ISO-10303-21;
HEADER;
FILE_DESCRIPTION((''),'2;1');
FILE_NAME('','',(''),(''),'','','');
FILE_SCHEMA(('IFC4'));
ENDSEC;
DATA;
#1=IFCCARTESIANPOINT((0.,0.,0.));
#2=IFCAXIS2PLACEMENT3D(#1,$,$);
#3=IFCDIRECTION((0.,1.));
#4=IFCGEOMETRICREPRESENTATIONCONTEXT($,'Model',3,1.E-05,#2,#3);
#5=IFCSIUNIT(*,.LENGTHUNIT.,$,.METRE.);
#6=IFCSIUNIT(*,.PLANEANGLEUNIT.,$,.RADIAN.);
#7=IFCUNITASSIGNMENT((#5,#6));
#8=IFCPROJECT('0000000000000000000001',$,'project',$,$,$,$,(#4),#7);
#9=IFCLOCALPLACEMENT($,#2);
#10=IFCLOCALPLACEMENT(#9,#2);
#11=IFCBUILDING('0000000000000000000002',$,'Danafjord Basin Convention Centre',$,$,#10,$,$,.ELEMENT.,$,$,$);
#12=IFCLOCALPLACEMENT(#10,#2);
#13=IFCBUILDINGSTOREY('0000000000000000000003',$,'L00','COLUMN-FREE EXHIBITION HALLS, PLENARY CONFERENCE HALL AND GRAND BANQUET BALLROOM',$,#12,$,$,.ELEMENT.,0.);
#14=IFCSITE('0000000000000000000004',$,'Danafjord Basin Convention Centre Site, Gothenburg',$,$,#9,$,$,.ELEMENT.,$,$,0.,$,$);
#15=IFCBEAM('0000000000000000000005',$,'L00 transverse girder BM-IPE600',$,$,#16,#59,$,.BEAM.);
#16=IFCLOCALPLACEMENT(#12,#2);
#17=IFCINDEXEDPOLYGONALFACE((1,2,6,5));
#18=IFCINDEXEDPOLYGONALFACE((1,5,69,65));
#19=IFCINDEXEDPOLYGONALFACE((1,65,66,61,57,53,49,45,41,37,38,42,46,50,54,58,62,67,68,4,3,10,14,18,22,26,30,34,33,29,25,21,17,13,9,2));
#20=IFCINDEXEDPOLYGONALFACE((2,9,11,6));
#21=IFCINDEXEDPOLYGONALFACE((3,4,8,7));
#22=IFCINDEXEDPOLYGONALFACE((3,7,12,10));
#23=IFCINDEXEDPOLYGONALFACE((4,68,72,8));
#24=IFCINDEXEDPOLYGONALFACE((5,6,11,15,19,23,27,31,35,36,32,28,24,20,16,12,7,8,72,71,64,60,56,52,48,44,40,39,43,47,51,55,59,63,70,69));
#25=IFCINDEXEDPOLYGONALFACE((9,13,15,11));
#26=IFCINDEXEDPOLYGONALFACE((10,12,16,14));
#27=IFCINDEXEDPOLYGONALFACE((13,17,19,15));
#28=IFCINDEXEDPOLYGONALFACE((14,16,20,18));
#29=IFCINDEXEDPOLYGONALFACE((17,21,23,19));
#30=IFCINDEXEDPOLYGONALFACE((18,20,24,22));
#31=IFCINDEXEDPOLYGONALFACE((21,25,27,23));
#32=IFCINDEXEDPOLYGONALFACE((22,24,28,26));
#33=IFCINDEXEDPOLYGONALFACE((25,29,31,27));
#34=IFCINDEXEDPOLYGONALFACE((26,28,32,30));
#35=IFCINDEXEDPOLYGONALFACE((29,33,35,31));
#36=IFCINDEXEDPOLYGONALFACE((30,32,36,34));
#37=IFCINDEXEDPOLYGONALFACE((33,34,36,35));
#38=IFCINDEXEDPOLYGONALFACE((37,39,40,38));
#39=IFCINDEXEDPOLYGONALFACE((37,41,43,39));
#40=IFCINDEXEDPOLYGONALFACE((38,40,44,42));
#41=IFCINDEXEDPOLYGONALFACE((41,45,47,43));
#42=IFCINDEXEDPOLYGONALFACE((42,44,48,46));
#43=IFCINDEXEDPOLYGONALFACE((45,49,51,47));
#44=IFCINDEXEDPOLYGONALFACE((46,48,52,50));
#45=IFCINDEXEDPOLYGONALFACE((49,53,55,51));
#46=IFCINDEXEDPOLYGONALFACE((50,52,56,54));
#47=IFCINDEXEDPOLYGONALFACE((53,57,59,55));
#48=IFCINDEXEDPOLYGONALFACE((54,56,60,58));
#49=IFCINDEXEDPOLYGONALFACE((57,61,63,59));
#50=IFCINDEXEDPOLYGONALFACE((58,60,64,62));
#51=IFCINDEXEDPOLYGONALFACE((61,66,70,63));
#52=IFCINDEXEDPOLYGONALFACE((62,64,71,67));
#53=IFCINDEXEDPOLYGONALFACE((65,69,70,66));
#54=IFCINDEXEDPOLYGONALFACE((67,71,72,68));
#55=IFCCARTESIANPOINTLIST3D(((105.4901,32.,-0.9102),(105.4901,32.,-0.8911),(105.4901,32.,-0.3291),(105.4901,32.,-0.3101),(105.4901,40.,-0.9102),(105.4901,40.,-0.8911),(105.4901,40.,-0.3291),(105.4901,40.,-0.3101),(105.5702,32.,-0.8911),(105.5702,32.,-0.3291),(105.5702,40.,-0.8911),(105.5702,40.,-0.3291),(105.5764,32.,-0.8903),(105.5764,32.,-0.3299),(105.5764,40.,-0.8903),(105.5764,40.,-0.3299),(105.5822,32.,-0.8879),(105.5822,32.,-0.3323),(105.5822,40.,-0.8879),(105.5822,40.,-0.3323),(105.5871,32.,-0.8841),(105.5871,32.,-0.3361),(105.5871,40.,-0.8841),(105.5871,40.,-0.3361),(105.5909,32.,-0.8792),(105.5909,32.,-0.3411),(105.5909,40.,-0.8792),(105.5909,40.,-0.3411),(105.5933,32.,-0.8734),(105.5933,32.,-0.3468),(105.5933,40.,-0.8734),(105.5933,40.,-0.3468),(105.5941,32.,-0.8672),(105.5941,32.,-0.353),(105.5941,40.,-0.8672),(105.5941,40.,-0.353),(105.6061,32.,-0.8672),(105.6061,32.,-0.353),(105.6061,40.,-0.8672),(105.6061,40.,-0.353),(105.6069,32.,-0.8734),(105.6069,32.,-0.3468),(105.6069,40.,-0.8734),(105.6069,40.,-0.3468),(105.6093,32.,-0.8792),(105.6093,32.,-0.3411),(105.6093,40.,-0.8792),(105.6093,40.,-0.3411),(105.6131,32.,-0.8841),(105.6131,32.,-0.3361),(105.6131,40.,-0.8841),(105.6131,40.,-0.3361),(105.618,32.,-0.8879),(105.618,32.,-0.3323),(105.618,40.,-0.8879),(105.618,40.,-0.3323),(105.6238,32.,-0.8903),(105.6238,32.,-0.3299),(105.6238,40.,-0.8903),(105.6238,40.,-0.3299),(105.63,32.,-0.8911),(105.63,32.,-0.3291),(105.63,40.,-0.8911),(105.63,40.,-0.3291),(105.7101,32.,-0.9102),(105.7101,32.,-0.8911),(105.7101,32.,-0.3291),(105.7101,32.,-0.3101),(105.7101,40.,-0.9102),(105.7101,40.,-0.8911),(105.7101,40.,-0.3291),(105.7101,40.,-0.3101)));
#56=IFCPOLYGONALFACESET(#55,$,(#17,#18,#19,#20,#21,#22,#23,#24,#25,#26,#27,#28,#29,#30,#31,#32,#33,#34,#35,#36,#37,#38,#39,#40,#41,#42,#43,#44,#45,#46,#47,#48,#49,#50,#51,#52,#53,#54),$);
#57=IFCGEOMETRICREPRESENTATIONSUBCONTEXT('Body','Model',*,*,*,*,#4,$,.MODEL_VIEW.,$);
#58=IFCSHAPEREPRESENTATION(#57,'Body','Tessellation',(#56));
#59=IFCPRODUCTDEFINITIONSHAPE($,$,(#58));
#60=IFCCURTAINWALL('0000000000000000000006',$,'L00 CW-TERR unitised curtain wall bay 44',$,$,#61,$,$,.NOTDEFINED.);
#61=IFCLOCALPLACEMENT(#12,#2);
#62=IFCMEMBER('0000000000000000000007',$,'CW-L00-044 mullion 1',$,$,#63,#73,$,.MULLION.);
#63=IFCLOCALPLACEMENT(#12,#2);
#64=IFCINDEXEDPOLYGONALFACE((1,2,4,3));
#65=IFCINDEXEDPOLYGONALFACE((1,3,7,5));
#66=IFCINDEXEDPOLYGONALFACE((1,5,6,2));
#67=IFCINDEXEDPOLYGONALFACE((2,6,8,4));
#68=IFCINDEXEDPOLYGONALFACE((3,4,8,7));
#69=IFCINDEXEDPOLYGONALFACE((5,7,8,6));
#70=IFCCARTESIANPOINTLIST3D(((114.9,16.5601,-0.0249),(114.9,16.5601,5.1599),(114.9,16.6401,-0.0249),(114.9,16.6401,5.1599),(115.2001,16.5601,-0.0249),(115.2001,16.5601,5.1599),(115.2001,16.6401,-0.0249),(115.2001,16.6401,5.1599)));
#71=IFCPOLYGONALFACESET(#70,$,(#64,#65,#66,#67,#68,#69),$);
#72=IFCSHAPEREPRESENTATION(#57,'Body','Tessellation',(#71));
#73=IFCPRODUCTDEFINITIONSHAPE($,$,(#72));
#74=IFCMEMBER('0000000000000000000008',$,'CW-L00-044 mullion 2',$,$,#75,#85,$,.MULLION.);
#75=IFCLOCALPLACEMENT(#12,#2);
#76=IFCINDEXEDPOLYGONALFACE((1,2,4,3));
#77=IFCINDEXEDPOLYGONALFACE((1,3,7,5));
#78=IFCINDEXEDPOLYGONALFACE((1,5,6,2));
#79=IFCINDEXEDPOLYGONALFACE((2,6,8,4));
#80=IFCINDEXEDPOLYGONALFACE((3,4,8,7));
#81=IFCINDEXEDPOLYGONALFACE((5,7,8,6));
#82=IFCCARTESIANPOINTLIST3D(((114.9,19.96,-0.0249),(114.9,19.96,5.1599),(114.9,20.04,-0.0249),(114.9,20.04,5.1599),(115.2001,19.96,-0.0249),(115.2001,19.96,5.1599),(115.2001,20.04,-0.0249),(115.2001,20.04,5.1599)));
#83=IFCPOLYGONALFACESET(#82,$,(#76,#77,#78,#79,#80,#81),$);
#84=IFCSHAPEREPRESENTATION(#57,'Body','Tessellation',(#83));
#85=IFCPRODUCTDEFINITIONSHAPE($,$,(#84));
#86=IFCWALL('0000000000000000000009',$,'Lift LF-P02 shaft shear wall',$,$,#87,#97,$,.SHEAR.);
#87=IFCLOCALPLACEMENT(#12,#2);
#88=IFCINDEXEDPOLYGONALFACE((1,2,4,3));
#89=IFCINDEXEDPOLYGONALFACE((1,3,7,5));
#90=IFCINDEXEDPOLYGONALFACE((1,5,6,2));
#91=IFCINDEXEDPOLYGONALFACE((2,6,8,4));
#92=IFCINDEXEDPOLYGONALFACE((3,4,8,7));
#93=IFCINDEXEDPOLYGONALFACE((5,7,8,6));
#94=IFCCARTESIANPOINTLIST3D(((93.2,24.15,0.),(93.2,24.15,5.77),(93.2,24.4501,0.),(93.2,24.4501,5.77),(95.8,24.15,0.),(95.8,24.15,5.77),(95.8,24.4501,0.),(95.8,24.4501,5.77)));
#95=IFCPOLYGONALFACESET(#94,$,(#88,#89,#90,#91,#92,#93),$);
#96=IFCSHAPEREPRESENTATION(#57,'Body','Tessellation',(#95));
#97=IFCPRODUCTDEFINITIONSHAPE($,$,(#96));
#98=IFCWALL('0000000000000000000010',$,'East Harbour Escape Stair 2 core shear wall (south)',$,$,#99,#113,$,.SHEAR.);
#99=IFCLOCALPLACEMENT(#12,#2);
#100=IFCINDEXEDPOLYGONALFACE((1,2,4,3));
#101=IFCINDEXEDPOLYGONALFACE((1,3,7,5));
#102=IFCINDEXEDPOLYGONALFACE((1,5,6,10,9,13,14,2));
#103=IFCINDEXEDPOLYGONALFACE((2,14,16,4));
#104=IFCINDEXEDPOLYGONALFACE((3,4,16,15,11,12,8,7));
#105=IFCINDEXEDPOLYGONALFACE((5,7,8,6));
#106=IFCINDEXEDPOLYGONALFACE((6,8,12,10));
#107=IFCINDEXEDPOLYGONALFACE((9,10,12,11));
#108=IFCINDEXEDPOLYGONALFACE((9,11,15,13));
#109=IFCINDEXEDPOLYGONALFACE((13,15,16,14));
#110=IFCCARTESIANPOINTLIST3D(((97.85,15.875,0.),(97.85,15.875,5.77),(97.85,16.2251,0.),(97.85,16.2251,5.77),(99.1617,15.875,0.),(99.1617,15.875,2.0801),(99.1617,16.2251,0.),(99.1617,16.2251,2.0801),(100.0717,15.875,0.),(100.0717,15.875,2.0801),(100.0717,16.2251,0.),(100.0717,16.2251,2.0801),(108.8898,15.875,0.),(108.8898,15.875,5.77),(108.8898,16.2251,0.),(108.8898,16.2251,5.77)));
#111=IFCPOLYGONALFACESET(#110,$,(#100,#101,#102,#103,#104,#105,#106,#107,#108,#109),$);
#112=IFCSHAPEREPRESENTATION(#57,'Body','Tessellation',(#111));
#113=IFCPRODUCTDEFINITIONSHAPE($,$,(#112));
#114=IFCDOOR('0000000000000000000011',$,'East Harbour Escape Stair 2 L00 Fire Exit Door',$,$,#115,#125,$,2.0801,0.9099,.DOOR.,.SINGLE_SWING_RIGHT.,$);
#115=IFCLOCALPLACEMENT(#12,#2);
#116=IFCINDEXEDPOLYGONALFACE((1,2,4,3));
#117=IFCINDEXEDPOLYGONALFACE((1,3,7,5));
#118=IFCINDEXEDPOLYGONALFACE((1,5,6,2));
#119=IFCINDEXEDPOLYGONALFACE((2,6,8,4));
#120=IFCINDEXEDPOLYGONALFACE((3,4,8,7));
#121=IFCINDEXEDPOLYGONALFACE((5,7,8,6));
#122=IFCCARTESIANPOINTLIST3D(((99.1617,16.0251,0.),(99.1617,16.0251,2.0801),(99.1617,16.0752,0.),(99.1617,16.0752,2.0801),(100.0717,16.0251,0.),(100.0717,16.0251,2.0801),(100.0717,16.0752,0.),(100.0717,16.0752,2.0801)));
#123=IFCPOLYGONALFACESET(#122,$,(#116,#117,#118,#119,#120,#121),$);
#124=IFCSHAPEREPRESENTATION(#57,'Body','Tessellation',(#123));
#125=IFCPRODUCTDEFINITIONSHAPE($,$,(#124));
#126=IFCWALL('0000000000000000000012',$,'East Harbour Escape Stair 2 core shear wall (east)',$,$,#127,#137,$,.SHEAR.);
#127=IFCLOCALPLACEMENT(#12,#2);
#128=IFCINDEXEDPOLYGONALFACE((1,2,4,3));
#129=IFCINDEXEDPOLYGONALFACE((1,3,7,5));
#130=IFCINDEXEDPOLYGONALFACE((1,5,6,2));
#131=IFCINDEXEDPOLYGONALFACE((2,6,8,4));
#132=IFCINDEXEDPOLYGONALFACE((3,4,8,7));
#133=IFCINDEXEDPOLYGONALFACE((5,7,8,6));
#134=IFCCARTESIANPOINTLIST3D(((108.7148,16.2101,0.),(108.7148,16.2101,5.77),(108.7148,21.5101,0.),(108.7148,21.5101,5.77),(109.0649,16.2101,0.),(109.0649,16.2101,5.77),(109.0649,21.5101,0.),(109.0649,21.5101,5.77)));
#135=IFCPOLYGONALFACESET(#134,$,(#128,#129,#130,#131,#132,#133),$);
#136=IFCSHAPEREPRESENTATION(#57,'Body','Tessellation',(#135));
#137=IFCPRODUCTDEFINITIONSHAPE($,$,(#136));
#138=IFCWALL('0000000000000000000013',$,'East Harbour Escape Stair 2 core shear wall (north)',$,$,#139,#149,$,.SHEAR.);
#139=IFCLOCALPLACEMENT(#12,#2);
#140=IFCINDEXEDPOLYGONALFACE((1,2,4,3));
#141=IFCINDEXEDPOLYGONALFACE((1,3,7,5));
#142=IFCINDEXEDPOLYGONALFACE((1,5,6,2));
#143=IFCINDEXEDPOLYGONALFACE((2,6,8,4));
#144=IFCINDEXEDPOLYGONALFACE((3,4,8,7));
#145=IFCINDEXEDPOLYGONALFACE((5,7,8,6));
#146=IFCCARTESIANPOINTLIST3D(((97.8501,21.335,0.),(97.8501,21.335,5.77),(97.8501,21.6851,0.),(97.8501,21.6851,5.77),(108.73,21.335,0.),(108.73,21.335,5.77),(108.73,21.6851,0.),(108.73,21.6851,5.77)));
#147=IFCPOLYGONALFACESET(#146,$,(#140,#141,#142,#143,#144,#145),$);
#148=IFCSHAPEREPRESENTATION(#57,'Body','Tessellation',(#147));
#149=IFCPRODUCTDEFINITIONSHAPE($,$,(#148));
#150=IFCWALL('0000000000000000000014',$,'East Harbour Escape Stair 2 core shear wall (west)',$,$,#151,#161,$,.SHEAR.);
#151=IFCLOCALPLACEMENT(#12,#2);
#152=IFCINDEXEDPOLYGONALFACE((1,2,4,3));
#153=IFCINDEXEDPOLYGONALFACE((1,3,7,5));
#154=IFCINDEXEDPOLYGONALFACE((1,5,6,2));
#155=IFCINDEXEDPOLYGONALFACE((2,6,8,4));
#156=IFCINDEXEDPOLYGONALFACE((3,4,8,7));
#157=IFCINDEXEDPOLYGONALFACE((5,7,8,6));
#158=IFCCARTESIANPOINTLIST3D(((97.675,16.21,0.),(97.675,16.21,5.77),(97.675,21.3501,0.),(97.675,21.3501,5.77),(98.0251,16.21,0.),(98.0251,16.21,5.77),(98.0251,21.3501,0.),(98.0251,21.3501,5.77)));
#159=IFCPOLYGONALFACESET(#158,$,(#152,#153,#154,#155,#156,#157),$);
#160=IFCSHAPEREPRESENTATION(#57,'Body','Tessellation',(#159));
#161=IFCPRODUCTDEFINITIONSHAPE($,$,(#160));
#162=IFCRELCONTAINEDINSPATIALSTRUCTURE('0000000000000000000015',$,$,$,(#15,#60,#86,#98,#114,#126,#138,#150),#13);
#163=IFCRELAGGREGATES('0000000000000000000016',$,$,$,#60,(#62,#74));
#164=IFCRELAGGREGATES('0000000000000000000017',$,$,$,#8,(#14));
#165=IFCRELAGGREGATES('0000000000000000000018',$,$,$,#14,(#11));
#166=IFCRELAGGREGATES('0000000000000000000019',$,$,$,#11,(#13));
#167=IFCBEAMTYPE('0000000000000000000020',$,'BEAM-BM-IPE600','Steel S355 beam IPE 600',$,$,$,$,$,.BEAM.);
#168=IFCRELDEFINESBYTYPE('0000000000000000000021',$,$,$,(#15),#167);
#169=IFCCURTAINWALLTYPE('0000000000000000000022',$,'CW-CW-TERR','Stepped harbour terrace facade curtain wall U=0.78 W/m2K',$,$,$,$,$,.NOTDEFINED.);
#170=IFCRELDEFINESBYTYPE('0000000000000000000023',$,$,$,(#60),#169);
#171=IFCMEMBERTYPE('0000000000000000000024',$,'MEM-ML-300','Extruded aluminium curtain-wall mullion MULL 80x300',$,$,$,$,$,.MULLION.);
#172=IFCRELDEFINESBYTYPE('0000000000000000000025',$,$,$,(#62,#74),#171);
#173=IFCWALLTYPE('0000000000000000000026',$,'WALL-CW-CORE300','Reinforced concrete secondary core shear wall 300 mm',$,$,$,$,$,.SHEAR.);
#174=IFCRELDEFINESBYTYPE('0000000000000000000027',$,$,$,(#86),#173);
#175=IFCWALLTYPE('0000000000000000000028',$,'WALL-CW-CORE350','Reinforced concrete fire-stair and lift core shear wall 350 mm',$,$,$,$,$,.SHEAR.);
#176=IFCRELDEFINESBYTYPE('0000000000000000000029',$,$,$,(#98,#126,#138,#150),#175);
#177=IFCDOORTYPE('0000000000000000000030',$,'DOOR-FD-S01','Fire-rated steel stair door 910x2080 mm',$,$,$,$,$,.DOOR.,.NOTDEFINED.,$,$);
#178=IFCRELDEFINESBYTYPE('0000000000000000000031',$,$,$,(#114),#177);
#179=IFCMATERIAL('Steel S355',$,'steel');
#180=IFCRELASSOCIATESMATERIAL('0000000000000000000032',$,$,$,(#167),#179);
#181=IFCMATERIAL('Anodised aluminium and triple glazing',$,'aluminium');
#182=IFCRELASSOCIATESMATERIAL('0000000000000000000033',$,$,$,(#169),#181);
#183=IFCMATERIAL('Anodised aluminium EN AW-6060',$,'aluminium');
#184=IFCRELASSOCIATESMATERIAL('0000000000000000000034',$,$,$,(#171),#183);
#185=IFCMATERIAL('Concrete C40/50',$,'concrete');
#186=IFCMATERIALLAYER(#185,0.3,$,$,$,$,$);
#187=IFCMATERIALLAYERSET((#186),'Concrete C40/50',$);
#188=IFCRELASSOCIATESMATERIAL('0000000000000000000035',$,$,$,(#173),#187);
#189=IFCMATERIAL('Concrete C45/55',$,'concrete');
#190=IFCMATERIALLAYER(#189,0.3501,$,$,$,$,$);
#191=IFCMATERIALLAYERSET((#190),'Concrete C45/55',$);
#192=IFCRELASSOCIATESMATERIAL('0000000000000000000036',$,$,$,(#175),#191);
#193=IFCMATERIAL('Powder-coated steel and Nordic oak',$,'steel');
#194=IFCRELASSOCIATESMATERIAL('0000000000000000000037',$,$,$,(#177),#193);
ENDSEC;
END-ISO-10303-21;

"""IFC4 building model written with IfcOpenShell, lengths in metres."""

from ifc_helpers import new_model, si_unit, direction, frame, frame_2d, origin, origin_2d, place, context, subcontext, project, spatial, rectangle, i_section, extrude, material, layer, layer_set, material_profile, profile_set, type_object, element, fill, aggregate, save


model = new_model("IFC4")

# Units and contexts
model_context = context("Model", 3, precision=1e-05, world=origin(), true_north=direction((0.0, 1.0)))
body_context = subcontext(model_context, "Body", "Model", "MODEL_VIEW")
ifc_project = project(units=[si_unit("LENGTHUNIT", "METRE"), si_unit("PLANEANGLEUNIT", "RADIAN")], contexts=[model_context])

# Site, building, storey
site_placement = place(None, origin())
site = spatial("IfcSite", under=ifc_project, at=site_placement, Name="Danafjord Basin Convention Centre Site, Gothenburg", CompositionType="ELEMENT", RefElevation=0.0)
building_placement = place(site_placement, origin())
building = spatial("IfcBuilding", under=site, at=building_placement, Name="Danafjord Basin Convention Centre", CompositionType="ELEMENT")
storey_placement = place(building_placement, origin())
storey = spatial("IfcBuildingStorey", under=building, at=storey_placement, Name="L00", Description="COLUMN-FREE EXHIBITION HALLS, PLENARY CONFERENCE HALL AND GRAND BANQUET BALLROOM", CompositionType="ELEMENT", Elevation=0.0)

# Shared definitions
ifc_material_1 = material(Name="Steel S355", Category="steel")

# Beam
ifc_material_profile_1 = material_profile(ifc_material_1, i_section(OverallWidth=0.22, OverallDepth=0.6001, WebThickness=0.012, FlangeThickness=0.019, FilletRadius=0.0239, at=origin_2d()), Name="IPE 600")
ifc_profile_set_1 = profile_set([ifc_material_profile_1], Name="Steel S355")
beam_type_1 = type_object("IfcBeamType", Name="BEAM-BM-IPE600", Description="Steel S355 beam IPE 600", PredefinedType="BEAM", material=ifc_profile_set_1)
beam_1_placement = place(storey_placement, frame((105.6001, 32.0, -0.6101), z_axis=(0.0, 1.0, 0.0), x_axis=(-1.0, 0.0, 0.0)))
element("IfcBeam", 1, at=beam_1_placement, inside=storey, type_object=beam_type_1, Name="L00 transverse girder BM-IPE600", PredefinedType="BEAM", context=body_context, shape_type="SweptSolid", body=[
    extrude(i_section(OverallWidth=0.22, OverallDepth=0.6001, WebThickness=0.012, FlangeThickness=0.019, FilletRadius=0.0239, at=origin_2d()), origin(), (0.0, 0.0, 1.0), 8.0),
])

# Curtain wall, members
ifc_material_2 = material(Name="Anodised aluminium and triple glazing", Category="aluminium")
curtain_wall_type = type_object("IfcCurtainWallType", Name="CW-CW-TERR", Description="Stepped harbour terrace facade curtain wall U=0.78 W/m2K", PredefinedType="NOTDEFINED", material=ifc_material_2)
curtain_wall_placement = place(storey_placement, origin())
curtain_wall = element("IfcCurtainWall", 2, at=curtain_wall_placement, inside=storey, type_object=curtain_wall_type, Name="L00 CW-TERR unitised curtain wall bay 44", PredefinedType="NOTDEFINED")
ifc_material_3 = material(Name="Anodised aluminium EN AW-6060", Category="aluminium")
ifc_material_profile_2 = material_profile(ifc_material_3, rectangle(XDim=0.0801, YDim=0.3, at=origin_2d()), Name="MULL 80x300")
ifc_profile_set_2 = profile_set([ifc_material_profile_2], Name="Anodised aluminium EN AW-6060")
member_type = type_object("IfcMemberType", Name="MEM-ML-300", Description="Extruded aluminium curtain-wall mullion MULL 80x300", PredefinedType="MULLION", material=ifc_profile_set_2)
member_1_placement = place(storey_placement, frame((115.05, 16.6001, -0.0249), z_axis=(0.0, 0.0, 1.0), x_axis=(0.0, 1.0, 0.0)))
member_1 = element("IfcMember", 3, at=member_1_placement, type_object=member_type, Name="CW-L00-044 mullion 1", PredefinedType="MULLION", context=body_context, shape_type="SweptSolid", body=[
    extrude(rectangle(XDim=0.0801, YDim=0.3, at=origin_2d()), origin(), (0.0, 0.0, 1.0), 5.1848),
])
member_2_placement = place(storey_placement, frame((115.05, 20.0, -0.0249), z_axis=(0.0, 0.0, 1.0), x_axis=(0.0, 1.0, 0.0)))
member_2 = element("IfcMember", 4, at=member_2_placement, type_object=member_type, Name="CW-L00-044 mullion 2", PredefinedType="MULLION", context=body_context, shape_type="SweptSolid", body=[
    extrude(rectangle(XDim=0.0801, YDim=0.3, at=origin_2d()), origin(), (0.0, 0.0, 1.0), 5.1848),
])
aggregate(curtain_wall, [member_1, member_2])

# Wall
ifc_material_4 = material(Name="Concrete C40/50", Category="concrete")
ifc_layer_1 = layer(ifc_material_4, 0.3)
ifc_layer_set_1 = layer_set([ifc_layer_1], Name="Concrete C40/50")
wall_type_1 = type_object("IfcWallType", Name="WALL-CW-CORE300", Description="Reinforced concrete secondary core shear wall 300 mm", PredefinedType="SHEAR", material=ifc_layer_set_1)
wall_1_placement = place(storey_placement, frame((95.8, 24.3, 0.0), z_axis=(0.0, 0.0, 1.0), x_axis=(-1.0, 0.0, 0.0)))
element("IfcWall", 5, at=wall_1_placement, inside=storey, type_object=wall_type_1, Name="Lift LF-P02 shaft shear wall", PredefinedType="SHEAR", context=body_context, shape_type="SweptSolid", body=[
    extrude(rectangle(XDim=2.6001, YDim=0.3, at=frame_2d((1.3, 0.0))), origin(), (0.0, 0.0, 1.0), 5.77),
])

# Wall, opening, door
ifc_material_5 = material(Name="Concrete C45/55", Category="concrete")
ifc_layer_2 = layer(ifc_material_5, 0.3501)
ifc_layer_set_2 = layer_set([ifc_layer_2], Name="Concrete C45/55")
wall_type_2 = type_object("IfcWallType", Name="WALL-CW-CORE350", Description="Reinforced concrete fire-stair and lift core shear wall 350 mm", PredefinedType="SHEAR", material=ifc_layer_set_2)
wall_2_placement = place(storey_placement, frame((108.8899, 16.05, 0.0), z_axis=(0.0, 0.0, 1.0), x_axis=(-1.0, 0.0, 0.0)))
wall_2 = element("IfcWall", 6, at=wall_2_placement, inside=storey, type_object=wall_type_2, Name="East Harbour Escape Stair 2 core shear wall (south)", PredefinedType="SHEAR", context=body_context, shape_type="SweptSolid", body=[
    extrude(rectangle(XDim=11.0398, YDim=0.3501, at=frame_2d((5.52, 0.0))), origin(), (0.0, 0.0, 1.0), 5.77),
])
opening_1_placement = place(wall_2_placement, frame((8.8181, 0.0, 0.0)))
opening_1 = element("IfcOpeningElement", 7, at=opening_1_placement, cuts=wall_2, PredefinedType="OPENING", context=body_context, shape_type="SweptSolid", body=[
    extrude(rectangle(XDim=0.9099, YDim=2.0801, at=frame_2d((0.4551, 1.04))), frame((0.0, 0.1851, 0.0), z_axis=(0.0, -1.0, 0.0), x_axis=(1.0, 0.0, 0.0)), (0.0, 0.0, 1.0), 0.3701),
])
ifc_material_6 = material(Name="Powder-coated steel and Nordic oak", Category="steel")
door_type_1 = type_object("IfcDoorType", Name="DOOR-FD-S01", Description="Fire-rated steel stair door 910x2080 mm", OperationType="NOTDEFINED", PredefinedType="DOOR", material=ifc_material_6)
door_1_placement = place(opening_1_placement, origin())
door_1 = element("IfcDoor", 8, at=door_1_placement, inside=storey, type_object=door_type_1, Name="East Harbour Escape Stair 2 L00 Fire Exit Door", OperationType="SINGLE_SWING_RIGHT", OverallHeight=2.0801, OverallWidth=0.9099, PredefinedType="DOOR", context=body_context, shape_type="SweptSolid", body=[
    extrude(rectangle(XDim=0.9099, YDim=2.0801, at=frame_2d((0.4551, 1.04))), frame((0.0, 0.0249, 0.0), z_axis=(0.0, -1.0, 0.0), x_axis=(1.0, 0.0, 0.0)), (0.0, 0.0, 1.0), 0.05),
])
fill(opening_1, door_1)

# Walls
wall_3_placement = place(storey_placement, frame((108.8899, 21.51, 0.0), z_axis=(0.0, 0.0, 1.0), x_axis=(0.0, -1.0, 0.0)))
element("IfcWall", 9, at=wall_3_placement, inside=storey, type_object=wall_type_2, Name="East Harbour Escape Stair 2 core shear wall (east)", PredefinedType="SHEAR", context=body_context, shape_type="SweptSolid", body=[
    extrude(rectangle(XDim=5.3, YDim=0.3501, at=frame_2d((2.6499, 0.0))), origin(), (0.0, 0.0, 1.0), 5.77),
])
wall_4_placement = place(storey_placement, frame((97.8501, 21.51, 0.0), z_axis=(0.0, 0.0, 1.0), x_axis=(1.0, 0.0, 0.0)))
element("IfcWall", 10, at=wall_4_placement, inside=storey, type_object=wall_type_2, Name="East Harbour Escape Stair 2 core shear wall (north)", PredefinedType="SHEAR", context=body_context, shape_type="SweptSolid", body=[
    extrude(rectangle(XDim=10.8799, YDim=0.3501, at=frame_2d((5.4399, 0.0))), origin(), (0.0, 0.0, 1.0), 5.77),
])
wall_5_placement = place(storey_placement, frame((97.8501, 16.21, 0.0), z_axis=(0.0, 0.0, 1.0), x_axis=(0.0, 1.0, 0.0)))
element("IfcWall", 11, at=wall_5_placement, inside=storey, type_object=wall_type_2, Name="East Harbour Escape Stair 2 core shear wall (west)", PredefinedType="SHEAR", context=body_context, shape_type="SweptSolid", body=[
    extrude(rectangle(XDim=5.1401, YDim=0.3501, at=frame_2d((2.5701, 0.0))), origin(), (0.0, 0.0, 1.0), 5.77),
])

save(model, "model.ifc")
